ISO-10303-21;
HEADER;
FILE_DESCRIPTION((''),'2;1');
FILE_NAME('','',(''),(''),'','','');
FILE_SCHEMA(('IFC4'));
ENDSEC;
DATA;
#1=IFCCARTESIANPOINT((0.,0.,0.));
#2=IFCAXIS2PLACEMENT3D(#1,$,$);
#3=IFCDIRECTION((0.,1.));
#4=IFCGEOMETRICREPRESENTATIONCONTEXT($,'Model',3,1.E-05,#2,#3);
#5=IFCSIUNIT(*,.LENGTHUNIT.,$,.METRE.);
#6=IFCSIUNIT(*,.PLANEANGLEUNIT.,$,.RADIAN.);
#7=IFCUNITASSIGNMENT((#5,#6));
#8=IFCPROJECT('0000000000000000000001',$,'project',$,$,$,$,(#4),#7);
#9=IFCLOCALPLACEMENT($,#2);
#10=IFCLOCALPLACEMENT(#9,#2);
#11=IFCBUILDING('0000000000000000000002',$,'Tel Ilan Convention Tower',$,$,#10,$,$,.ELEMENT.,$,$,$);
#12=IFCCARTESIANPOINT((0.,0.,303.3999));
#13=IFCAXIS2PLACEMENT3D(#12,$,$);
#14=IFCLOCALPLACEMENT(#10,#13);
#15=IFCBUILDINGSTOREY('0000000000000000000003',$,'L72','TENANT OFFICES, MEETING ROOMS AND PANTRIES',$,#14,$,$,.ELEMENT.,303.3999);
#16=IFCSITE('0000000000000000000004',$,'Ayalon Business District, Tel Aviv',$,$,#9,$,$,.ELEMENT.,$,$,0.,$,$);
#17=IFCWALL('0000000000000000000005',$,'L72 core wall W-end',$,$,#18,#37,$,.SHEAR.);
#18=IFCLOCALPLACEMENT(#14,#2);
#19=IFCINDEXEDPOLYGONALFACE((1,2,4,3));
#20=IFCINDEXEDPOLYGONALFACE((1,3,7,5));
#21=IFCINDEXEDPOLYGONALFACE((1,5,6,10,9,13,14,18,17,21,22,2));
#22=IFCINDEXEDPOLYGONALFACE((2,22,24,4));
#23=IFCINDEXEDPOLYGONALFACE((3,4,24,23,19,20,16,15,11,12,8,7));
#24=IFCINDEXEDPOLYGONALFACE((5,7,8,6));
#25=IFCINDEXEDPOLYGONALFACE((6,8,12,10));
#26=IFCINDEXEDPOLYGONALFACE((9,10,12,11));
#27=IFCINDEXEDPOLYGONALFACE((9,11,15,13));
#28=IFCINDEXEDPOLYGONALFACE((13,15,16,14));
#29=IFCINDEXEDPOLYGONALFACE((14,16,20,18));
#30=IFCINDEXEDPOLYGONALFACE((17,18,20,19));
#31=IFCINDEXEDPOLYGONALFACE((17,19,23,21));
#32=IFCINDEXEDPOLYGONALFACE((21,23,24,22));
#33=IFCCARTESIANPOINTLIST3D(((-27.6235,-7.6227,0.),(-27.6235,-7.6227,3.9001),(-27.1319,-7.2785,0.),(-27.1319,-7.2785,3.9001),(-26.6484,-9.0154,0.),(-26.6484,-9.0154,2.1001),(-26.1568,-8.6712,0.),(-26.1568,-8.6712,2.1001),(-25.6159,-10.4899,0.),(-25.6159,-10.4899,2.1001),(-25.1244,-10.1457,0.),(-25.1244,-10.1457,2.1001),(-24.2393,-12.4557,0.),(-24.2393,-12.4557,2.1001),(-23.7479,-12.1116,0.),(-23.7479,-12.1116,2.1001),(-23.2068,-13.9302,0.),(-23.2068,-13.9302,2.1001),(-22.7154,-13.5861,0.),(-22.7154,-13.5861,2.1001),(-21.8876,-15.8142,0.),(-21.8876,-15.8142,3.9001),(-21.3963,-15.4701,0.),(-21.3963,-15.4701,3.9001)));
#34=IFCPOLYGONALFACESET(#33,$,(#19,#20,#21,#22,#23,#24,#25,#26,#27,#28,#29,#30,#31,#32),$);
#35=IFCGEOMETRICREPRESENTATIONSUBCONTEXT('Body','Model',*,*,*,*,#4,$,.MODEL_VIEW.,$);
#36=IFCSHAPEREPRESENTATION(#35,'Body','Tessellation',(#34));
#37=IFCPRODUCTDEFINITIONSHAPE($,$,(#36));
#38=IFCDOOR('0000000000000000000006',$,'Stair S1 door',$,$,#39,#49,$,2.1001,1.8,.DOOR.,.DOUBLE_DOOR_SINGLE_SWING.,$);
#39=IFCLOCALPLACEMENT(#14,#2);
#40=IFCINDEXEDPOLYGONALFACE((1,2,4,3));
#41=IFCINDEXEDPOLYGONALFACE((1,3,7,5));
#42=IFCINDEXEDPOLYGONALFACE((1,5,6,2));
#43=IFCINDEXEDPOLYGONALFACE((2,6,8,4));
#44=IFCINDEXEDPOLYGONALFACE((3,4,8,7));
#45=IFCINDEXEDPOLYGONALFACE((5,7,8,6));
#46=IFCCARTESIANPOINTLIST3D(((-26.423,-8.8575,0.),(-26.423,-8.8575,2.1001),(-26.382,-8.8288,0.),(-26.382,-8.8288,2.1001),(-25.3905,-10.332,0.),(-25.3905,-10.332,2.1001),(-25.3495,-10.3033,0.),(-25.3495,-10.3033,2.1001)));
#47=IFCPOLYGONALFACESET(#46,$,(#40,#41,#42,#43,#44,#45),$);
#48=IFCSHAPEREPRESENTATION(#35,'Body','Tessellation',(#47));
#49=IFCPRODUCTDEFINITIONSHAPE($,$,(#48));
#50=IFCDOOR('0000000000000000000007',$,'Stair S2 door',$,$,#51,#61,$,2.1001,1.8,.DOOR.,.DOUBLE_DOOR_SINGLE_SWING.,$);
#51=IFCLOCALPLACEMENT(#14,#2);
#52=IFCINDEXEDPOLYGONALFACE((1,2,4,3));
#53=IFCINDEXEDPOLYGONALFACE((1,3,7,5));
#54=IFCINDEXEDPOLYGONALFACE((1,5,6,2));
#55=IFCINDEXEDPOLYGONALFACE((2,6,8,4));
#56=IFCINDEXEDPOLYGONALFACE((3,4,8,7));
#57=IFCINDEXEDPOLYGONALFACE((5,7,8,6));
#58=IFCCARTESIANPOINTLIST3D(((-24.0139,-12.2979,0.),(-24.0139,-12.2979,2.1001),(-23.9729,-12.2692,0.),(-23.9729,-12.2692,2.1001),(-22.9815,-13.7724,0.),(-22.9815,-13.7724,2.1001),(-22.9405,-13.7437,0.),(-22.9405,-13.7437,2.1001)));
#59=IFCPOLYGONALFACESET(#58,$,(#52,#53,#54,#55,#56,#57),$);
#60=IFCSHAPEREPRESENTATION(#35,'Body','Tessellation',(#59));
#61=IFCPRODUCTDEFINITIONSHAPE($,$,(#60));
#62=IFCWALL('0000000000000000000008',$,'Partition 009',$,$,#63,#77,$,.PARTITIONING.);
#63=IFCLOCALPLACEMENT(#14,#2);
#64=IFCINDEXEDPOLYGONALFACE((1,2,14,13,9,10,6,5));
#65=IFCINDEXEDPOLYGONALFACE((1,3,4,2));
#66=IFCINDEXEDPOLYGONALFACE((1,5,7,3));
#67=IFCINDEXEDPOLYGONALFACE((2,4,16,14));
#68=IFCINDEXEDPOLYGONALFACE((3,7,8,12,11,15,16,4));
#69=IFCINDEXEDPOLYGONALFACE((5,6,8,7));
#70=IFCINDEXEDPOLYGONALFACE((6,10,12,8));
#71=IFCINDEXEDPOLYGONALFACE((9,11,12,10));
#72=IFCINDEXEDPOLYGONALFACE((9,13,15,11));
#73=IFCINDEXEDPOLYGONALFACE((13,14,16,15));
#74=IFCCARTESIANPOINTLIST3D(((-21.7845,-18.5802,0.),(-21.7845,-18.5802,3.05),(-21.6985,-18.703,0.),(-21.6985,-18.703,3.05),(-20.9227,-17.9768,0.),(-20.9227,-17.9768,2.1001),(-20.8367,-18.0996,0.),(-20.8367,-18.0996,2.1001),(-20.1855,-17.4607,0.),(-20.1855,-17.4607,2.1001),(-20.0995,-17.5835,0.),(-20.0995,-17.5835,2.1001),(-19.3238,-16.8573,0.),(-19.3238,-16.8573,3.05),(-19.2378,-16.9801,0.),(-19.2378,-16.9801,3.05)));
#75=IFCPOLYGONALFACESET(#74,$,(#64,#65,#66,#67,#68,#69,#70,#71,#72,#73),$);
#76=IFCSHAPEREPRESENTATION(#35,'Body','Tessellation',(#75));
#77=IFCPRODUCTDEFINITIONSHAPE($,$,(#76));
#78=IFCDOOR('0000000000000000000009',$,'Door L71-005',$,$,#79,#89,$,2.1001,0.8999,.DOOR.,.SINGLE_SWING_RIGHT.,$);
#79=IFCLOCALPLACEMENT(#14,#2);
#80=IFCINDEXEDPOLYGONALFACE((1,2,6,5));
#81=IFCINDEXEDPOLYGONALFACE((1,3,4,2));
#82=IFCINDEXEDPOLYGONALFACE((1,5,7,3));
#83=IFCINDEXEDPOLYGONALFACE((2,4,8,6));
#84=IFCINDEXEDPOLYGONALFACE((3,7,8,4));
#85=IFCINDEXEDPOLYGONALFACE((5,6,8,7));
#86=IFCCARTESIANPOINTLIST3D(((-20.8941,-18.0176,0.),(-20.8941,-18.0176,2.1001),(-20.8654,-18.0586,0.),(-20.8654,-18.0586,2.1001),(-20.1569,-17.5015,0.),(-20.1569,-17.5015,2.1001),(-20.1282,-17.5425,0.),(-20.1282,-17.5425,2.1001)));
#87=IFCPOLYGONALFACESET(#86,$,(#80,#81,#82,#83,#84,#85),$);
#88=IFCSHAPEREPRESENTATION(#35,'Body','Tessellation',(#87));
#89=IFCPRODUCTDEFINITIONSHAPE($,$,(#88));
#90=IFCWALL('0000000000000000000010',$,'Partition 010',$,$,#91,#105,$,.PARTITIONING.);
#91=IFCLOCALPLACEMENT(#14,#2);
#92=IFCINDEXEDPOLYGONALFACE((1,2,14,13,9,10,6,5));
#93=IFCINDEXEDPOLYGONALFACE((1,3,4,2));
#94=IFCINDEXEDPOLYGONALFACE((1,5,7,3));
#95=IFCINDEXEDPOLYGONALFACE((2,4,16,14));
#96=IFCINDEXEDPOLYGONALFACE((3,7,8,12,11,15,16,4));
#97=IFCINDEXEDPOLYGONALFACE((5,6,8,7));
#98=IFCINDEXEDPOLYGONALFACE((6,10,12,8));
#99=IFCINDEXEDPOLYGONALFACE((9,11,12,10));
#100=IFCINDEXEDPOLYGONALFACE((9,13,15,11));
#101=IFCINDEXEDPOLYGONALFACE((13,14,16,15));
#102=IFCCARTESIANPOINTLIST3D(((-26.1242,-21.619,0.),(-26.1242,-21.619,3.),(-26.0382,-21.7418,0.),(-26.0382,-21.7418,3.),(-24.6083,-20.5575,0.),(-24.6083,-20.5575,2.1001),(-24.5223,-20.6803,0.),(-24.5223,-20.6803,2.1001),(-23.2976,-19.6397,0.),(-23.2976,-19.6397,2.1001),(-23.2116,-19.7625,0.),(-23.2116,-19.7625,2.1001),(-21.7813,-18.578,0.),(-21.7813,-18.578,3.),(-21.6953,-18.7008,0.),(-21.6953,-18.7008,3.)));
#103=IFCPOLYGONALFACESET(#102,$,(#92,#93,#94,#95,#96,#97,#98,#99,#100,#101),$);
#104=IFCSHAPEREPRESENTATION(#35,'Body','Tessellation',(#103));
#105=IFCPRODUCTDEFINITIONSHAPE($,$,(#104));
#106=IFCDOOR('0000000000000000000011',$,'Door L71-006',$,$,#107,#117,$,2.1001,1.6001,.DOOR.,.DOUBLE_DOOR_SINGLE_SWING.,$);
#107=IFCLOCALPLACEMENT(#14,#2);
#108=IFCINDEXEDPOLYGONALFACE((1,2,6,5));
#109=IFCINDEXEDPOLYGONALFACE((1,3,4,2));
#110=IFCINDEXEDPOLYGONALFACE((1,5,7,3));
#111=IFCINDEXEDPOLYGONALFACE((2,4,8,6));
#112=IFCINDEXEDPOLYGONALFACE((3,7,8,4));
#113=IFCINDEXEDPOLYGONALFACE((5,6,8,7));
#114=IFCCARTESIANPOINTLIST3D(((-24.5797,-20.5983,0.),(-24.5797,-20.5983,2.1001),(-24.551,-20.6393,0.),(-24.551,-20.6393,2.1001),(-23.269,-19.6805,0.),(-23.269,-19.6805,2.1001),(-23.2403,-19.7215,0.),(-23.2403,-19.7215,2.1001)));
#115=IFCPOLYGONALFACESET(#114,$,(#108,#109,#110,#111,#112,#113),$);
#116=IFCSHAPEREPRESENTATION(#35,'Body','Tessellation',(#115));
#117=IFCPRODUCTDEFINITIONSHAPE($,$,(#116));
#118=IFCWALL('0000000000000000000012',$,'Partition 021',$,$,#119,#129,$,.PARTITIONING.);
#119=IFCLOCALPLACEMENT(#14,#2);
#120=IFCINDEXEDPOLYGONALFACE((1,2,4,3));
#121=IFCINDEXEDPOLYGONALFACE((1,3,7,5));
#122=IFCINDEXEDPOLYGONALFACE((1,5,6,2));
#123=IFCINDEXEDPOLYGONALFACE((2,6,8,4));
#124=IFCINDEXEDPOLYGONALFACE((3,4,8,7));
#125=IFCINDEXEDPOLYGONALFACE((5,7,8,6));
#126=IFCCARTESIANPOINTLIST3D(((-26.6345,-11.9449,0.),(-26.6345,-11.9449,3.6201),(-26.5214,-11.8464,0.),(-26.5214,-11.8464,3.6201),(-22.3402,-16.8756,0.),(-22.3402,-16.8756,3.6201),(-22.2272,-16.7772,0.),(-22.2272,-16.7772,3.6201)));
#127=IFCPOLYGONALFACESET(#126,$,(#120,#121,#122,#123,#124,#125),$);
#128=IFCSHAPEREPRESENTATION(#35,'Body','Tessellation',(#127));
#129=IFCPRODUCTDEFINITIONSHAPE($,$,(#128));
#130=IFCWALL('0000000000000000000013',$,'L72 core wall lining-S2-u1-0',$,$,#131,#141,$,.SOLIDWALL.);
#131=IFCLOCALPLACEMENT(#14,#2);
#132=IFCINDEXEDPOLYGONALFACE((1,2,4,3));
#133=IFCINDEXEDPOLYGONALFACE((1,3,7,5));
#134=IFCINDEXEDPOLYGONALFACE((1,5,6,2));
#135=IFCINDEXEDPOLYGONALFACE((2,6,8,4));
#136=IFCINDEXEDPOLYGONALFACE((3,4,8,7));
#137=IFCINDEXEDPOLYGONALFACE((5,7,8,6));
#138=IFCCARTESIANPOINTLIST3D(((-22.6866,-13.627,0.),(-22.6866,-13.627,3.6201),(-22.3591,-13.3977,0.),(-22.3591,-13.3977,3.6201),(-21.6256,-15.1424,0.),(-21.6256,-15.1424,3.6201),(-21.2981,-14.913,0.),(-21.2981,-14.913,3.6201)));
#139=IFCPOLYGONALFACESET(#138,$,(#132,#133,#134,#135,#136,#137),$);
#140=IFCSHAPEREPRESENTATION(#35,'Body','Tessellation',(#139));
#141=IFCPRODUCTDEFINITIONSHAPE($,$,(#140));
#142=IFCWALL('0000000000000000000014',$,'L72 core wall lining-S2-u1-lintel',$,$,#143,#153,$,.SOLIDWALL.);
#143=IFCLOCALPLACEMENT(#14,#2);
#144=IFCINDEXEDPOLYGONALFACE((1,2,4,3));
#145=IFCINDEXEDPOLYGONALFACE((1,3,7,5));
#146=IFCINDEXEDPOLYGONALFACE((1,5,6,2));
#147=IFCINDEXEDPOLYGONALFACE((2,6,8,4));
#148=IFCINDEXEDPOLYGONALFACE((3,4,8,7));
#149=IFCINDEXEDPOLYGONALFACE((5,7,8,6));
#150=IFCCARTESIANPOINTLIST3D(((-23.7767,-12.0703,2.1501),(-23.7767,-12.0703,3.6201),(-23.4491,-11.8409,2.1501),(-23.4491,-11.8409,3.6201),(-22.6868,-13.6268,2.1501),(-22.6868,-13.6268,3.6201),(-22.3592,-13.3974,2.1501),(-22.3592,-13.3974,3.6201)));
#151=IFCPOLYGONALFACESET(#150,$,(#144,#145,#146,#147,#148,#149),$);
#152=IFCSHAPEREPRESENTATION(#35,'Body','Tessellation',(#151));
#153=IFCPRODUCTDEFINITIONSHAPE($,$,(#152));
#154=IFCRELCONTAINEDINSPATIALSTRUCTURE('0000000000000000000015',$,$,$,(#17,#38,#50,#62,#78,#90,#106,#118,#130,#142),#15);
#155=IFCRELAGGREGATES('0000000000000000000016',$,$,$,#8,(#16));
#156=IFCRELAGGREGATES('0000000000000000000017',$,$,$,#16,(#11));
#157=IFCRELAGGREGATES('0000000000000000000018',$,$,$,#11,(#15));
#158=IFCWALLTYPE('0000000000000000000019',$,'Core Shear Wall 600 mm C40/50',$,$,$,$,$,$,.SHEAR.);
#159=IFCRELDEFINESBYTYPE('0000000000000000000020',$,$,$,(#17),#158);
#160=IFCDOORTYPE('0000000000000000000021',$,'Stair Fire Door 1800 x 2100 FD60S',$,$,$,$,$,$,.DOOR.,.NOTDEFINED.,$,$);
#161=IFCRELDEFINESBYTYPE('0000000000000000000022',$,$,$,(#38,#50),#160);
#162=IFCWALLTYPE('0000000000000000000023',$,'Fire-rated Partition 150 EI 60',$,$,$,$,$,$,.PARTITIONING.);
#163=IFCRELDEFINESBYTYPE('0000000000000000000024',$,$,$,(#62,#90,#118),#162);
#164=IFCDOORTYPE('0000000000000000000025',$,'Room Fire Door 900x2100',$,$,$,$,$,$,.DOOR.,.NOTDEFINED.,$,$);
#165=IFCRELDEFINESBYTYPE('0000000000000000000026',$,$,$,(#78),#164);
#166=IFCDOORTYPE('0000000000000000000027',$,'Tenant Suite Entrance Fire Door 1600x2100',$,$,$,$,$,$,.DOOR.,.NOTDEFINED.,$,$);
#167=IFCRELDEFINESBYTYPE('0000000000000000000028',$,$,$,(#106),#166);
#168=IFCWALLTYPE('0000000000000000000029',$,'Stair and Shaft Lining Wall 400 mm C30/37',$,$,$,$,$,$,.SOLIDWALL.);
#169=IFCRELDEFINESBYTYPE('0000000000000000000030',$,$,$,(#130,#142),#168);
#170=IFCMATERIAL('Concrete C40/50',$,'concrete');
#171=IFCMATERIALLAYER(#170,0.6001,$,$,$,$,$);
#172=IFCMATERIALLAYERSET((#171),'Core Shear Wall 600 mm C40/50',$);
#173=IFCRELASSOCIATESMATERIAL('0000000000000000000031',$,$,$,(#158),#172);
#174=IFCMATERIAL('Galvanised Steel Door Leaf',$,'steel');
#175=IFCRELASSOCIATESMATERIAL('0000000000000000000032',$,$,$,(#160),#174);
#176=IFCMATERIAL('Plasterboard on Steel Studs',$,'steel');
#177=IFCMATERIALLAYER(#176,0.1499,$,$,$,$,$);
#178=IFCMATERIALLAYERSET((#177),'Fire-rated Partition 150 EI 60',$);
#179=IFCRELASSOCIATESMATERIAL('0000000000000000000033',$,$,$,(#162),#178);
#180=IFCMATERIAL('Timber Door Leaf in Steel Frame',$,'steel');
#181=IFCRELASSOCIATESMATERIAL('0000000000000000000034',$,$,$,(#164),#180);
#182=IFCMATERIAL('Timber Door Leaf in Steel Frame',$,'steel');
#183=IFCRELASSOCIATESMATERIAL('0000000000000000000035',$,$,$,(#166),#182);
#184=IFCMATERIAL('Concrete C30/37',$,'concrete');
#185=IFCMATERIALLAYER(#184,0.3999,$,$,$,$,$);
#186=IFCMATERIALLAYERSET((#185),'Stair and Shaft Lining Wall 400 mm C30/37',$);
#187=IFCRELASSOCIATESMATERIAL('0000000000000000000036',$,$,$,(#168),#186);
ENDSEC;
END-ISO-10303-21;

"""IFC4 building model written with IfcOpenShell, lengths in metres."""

from ifc_helpers import new_model, si_unit, direction, frame, frame_2d, origin, place, context, subcontext, project, spatial, polyline, rectangle, outline, extrude, material, layer, layer_set, type_object, element, fill, save


model = new_model("IFC4")

# Units and contexts
model_context = context("Model", 3, precision=1e-05, world=origin(), true_north=direction((0.0, 1.0)))
body_context = subcontext(model_context, "Body", "Model", "MODEL_VIEW")
ifc_project = project(units=[si_unit("LENGTHUNIT", "METRE"), si_unit("PLANEANGLEUNIT", "RADIAN")], contexts=[model_context])

# Site, building, storey
site_placement = place(None, origin())
site = spatial("IfcSite", under=ifc_project, at=site_placement, Name="Ayalon Business District, Tel Aviv", CompositionType="ELEMENT", RefElevation=0.0)
building_placement = place(site_placement, origin())
building = spatial("IfcBuilding", under=site, at=building_placement, Name="Tel Ilan Convention Tower", CompositionType="ELEMENT")
storey_placement = place(building_placement, frame((0.0, 0.0, 303.3999)))
storey = spatial("IfcBuildingStorey", under=building, at=storey_placement, Name="L72", Description="TENANT OFFICES, MEETING ROOMS AND PANTRIES", CompositionType="ELEMENT", Elevation=303.3999)

# Wall, openings, doors
ifc_material_1 = material(Name="Concrete C40/50", Category="concrete")
ifc_layer_1 = layer(ifc_material_1, 0.6001)
ifc_layer_set_1 = layer_set([ifc_layer_1], Name="Core Shear Wall 600 mm C40/50")
wall_type_1 = type_object("IfcWallType", Name="Core Shear Wall 600 mm C40/50", PredefinedType="SHEAR", material=ifc_layer_set_1)
wall_1_placement = place(storey_placement, frame((-21.6418, -15.6421, 0.0), z_axis=(0.0, 0.0, 1.0), x_axis=(-0.573587, 0.819145, 0.0)))
wall_1 = element("IfcWall", 1, at=wall_1_placement, inside=storey, type_object=wall_type_1, Name="L72 core wall W-end", PredefinedType="SHEAR", context=body_context, shape_type="SweptSolid", body=[
    extrude(outline(polyline([(0.0, 0.3), (0.0, -0.2998), (10.0, -0.3), (10.0, 0.3), (0.0, 0.3)])), origin(), (0.0, 0.0, 1.0), 3.9001),
])
opening_1_placement = place(wall_1_placement, frame((6.5, 0.0, 0.0)))
opening_1 = element("IfcOpeningElement", 2, at=opening_1_placement, cuts=wall_1, PredefinedType="OPENING", context=body_context, shape_type="SweptSolid", body=[
    extrude(rectangle(XDim=1.8, YDim=2.1001, at=frame_2d((0.8999, 1.05))), frame((0.0, 0.3101, 0.0), z_axis=(0.0, -1.0, 0.0), x_axis=(1.0, 0.0, 0.0)), (0.0, 0.0, 1.0), 0.6201),
])
opening_2_placement = place(wall_1_placement, frame((2.3, 0.0, 0.0)))
opening_2 = element("IfcOpeningElement", 3, at=opening_2_placement, cuts=wall_1, PredefinedType="OPENING", context=body_context, shape_type="SweptSolid", body=[
    extrude(rectangle(XDim=1.8, YDim=2.1001, at=frame_2d((0.8999, 1.05))), frame((0.0, 0.3101, 0.0), z_axis=(0.0, -1.0, 0.0), x_axis=(1.0, 0.0, 0.0)), (0.0, 0.0, 1.0), 0.6201),
])
ifc_material_2 = material(Name="Galvanised Steel Door Leaf", Category="steel")
door_type_1 = type_object("IfcDoorType", Name="Stair Fire Door 1800 x 2100 FD60S", OperationType="NOTDEFINED", PredefinedType="DOOR", material=ifc_material_2)
door_1_placement = place(opening_1_placement, origin())
door_1 = element("IfcDoor", 4, at=door_1_placement, inside=storey, type_object=door_type_1, Name="Stair S1 door", OperationType="DOUBLE_DOOR_SINGLE_SWING", OverallHeight=2.1001, OverallWidth=1.8, PredefinedType="DOOR", context=body_context, shape_type="SweptSolid", body=[
    extrude(rectangle(XDim=1.8, YDim=2.1001, at=frame_2d((0.8999, 1.05))), frame((0.0, 0.0249, 0.0), z_axis=(0.0, -1.0, 0.0), x_axis=(1.0, 0.0, 0.0)), (0.0, 0.0, 1.0), 0.05),
])
fill(opening_1, door_1)
door_2_placement = place(opening_2_placement, origin())
door_2 = element("IfcDoor", 5, at=door_2_placement, inside=storey, type_object=door_type_1, Name="Stair S2 door", OperationType="DOUBLE_DOOR_SINGLE_SWING", OverallHeight=2.1001, OverallWidth=1.8, PredefinedType="DOOR", context=body_context, shape_type="SweptSolid", body=[
    extrude(rectangle(XDim=1.8, YDim=2.1001, at=frame_2d((0.8999, 1.05))), frame((0.0, 0.0249, 0.0), z_axis=(0.0, -1.0, 0.0), x_axis=(1.0, 0.0, 0.0)), (0.0, 0.0, 1.0), 0.05),
])
fill(opening_2, door_2)

# Walls, openings, doors
ifc_material_3 = material(Name="Plasterboard on Steel Studs", Category="steel")
ifc_layer_2 = layer(ifc_material_3, 0.1499)
ifc_layer_set_2 = layer_set([ifc_layer_2], Name="Fire-rated Partition 150 EI 60")
wall_type_2 = type_object("IfcWallType", Name="Fire-rated Partition 150 EI 60", PredefinedType="PARTITIONING", material=ifc_layer_set_2)
wall_2_placement = place(storey_placement, frame((-19.2808, -16.9187, 0.0), z_axis=(0.0, 0.0, 1.0), x_axis=(-0.819167, -0.573555, 0.0)))
wall_2 = element("IfcWall", 6, at=wall_2_placement, inside=storey, type_object=wall_type_2, Name="Partition 009", PredefinedType="PARTITIONING", context=body_context, shape_type="SweptSolid", body=[
    extrude(rectangle(XDim=3.0039, YDim=0.1499, at=frame_2d((1.502, 0.0))), origin(), (0.0, 0.0, 1.0), 3.05),
])
opening_3_placement = place(wall_2_placement, frame((1.052, 0.0, 0.0)))
opening_3 = element("IfcOpeningElement", 7, at=opening_3_placement, cuts=wall_2, PredefinedType="OPENING", context=body_context, shape_type="SweptSolid", body=[
    extrude(rectangle(XDim=0.8999, YDim=2.1001, at=frame_2d((0.45, 1.05))), frame((0.0, 0.085, 0.0), z_axis=(0.0, -1.0, 0.0), x_axis=(1.0, 0.0, 0.0)), (0.0, 0.0, 1.0), 0.1699),
])
ifc_material_4 = material(Name="Timber Door Leaf in Steel Frame", Category="steel")
door_type_2 = type_object("IfcDoorType", Name="Room Fire Door 900x2100", OperationType="NOTDEFINED", PredefinedType="DOOR", material=ifc_material_4)
door_3_placement = place(opening_3_placement, origin())
door_3 = element("IfcDoor", 8, at=door_3_placement, inside=storey, type_object=door_type_2, Name="Door L71-005", OperationType="SINGLE_SWING_RIGHT", OverallHeight=2.1001, OverallWidth=0.8999, PredefinedType="DOOR", context=body_context, shape_type="SweptSolid", body=[
    extrude(rectangle(XDim=0.8999, YDim=2.1001, at=frame_2d((0.45, 1.05))), frame((0.0, 0.0249, 0.0), z_axis=(0.0, -1.0, 0.0), x_axis=(1.0, 0.0, 0.0)), (0.0, 0.0, 1.0), 0.05),
])
fill(opening_3, door_3)
wall_3_placement = place(storey_placement, frame((-21.7383, -18.6394, 0.0), z_axis=(0.0, 0.0, 1.0), x_axis=(-0.819152, -0.573577, 0.0)))
wall_3 = element("IfcWall", 9, at=wall_3_placement, inside=storey, type_object=wall_type_2, Name="Partition 010", PredefinedType="PARTITIONING", context=body_context, shape_type="SweptSolid", body=[
    extrude(rectangle(XDim=5.3018, YDim=0.1499, at=frame_2d((2.6509, 0.0))), origin(), (0.0, 0.0, 1.0), 3.0),
])
opening_4_placement = place(wall_3_placement, frame((1.8511, 0.0, 0.0)))
opening_4 = element("IfcOpeningElement", 10, at=opening_4_placement, cuts=wall_3, PredefinedType="OPENING", context=body_context, shape_type="SweptSolid", body=[
    extrude(rectangle(XDim=1.6001, YDim=2.1001, at=frame_2d((0.8, 1.05))), frame((0.0, 0.085, 0.0), z_axis=(0.0, -1.0, 0.0), x_axis=(1.0, 0.0, 0.0)), (0.0, 0.0, 1.0), 0.1699),
])
ifc_material_5 = material(Name="Timber Door Leaf in Steel Frame", Category="steel")
door_type_3 = type_object("IfcDoorType", Name="Tenant Suite Entrance Fire Door 1600x2100", OperationType="NOTDEFINED", PredefinedType="DOOR", material=ifc_material_5)
door_4_placement = place(opening_4_placement, origin())
door_4 = element("IfcDoor", 11, at=door_4_placement, inside=storey, type_object=door_type_3, Name="Door L71-006", OperationType="DOUBLE_DOOR_SINGLE_SWING", OverallHeight=2.1001, OverallWidth=1.6001, PredefinedType="DOOR", context=body_context, shape_type="SweptSolid", body=[
    extrude(rectangle(XDim=1.6001, YDim=2.1001, at=frame_2d((0.8, 1.05))), frame((0.0, 0.0249, 0.0), z_axis=(0.0, -1.0, 0.0), x_axis=(1.0, 0.0, 0.0)), (0.0, 0.0, 1.0), 0.05),
])
fill(opening_4, door_4)

# Walls
wall_4_placement = place(storey_placement, frame((-22.2837, -16.8264, 0.0), z_axis=(0.0, 0.0, 1.0), x_axis=(-0.656758, 0.754101, 0.0)))
element("IfcWall", 12, at=wall_4_placement, inside=storey, type_object=wall_type_2, Name="Partition 021", PredefinedType="PARTITIONING", context=body_context, shape_type="SweptSolid", body=[
    extrude(rectangle(XDim=6.5386, YDim=0.1499, at=frame_2d((3.2693, 0.0))), origin(), (0.0, 0.0, 1.0), 3.6201),
])
ifc_material_6 = material(Name="Concrete C30/37", Category="concrete")
ifc_layer_3 = layer(ifc_material_6, 0.3999)
ifc_layer_set_3 = layer_set([ifc_layer_3], Name="Stair and Shaft Lining Wall 400 mm C30/37")
wall_type_3 = type_object("IfcWallType", Name="Stair and Shaft Lining Wall 400 mm C30/37", PredefinedType="SOLIDWALL", material=ifc_layer_set_3)
wall_5_placement = place(storey_placement, frame((-21.4619, -15.0276, 0.0), z_axis=(0.0, 0.0, 1.0), x_axis=(-0.57356, 0.819164, 0.0)))
element("IfcWall", 13, at=wall_5_placement, inside=storey, type_object=wall_type_3, Name="L72 core wall lining-S2-u1-0", PredefinedType="SOLIDWALL", context=body_context, shape_type="SweptSolid", body=[
    extrude(rectangle(XDim=1.8499, YDim=0.3999, at=frame_2d((0.9248, 0.0))), origin(), (0.0, 0.0, 1.0), 3.6201),
])
wall_6_placement = place(storey_placement, frame((-22.5229, -13.5122, 2.1501), z_axis=(0.0, 0.0, 1.0), x_axis=(-0.573592, 0.819141, 0.0)))
element("IfcWall", 14, at=wall_6_placement, inside=storey, type_object=wall_type_3, Name="L72 core wall lining-S2-u1-lintel", PredefinedType="SOLIDWALL", context=body_context, shape_type="SweptSolid", body=[
    extrude(rectangle(XDim=1.9001, YDim=0.3999, at=frame_2d((0.9502, 0.0))), origin(), (0.0, 0.0, 1.0), 1.47),
])

save(model, "model.ifc")
